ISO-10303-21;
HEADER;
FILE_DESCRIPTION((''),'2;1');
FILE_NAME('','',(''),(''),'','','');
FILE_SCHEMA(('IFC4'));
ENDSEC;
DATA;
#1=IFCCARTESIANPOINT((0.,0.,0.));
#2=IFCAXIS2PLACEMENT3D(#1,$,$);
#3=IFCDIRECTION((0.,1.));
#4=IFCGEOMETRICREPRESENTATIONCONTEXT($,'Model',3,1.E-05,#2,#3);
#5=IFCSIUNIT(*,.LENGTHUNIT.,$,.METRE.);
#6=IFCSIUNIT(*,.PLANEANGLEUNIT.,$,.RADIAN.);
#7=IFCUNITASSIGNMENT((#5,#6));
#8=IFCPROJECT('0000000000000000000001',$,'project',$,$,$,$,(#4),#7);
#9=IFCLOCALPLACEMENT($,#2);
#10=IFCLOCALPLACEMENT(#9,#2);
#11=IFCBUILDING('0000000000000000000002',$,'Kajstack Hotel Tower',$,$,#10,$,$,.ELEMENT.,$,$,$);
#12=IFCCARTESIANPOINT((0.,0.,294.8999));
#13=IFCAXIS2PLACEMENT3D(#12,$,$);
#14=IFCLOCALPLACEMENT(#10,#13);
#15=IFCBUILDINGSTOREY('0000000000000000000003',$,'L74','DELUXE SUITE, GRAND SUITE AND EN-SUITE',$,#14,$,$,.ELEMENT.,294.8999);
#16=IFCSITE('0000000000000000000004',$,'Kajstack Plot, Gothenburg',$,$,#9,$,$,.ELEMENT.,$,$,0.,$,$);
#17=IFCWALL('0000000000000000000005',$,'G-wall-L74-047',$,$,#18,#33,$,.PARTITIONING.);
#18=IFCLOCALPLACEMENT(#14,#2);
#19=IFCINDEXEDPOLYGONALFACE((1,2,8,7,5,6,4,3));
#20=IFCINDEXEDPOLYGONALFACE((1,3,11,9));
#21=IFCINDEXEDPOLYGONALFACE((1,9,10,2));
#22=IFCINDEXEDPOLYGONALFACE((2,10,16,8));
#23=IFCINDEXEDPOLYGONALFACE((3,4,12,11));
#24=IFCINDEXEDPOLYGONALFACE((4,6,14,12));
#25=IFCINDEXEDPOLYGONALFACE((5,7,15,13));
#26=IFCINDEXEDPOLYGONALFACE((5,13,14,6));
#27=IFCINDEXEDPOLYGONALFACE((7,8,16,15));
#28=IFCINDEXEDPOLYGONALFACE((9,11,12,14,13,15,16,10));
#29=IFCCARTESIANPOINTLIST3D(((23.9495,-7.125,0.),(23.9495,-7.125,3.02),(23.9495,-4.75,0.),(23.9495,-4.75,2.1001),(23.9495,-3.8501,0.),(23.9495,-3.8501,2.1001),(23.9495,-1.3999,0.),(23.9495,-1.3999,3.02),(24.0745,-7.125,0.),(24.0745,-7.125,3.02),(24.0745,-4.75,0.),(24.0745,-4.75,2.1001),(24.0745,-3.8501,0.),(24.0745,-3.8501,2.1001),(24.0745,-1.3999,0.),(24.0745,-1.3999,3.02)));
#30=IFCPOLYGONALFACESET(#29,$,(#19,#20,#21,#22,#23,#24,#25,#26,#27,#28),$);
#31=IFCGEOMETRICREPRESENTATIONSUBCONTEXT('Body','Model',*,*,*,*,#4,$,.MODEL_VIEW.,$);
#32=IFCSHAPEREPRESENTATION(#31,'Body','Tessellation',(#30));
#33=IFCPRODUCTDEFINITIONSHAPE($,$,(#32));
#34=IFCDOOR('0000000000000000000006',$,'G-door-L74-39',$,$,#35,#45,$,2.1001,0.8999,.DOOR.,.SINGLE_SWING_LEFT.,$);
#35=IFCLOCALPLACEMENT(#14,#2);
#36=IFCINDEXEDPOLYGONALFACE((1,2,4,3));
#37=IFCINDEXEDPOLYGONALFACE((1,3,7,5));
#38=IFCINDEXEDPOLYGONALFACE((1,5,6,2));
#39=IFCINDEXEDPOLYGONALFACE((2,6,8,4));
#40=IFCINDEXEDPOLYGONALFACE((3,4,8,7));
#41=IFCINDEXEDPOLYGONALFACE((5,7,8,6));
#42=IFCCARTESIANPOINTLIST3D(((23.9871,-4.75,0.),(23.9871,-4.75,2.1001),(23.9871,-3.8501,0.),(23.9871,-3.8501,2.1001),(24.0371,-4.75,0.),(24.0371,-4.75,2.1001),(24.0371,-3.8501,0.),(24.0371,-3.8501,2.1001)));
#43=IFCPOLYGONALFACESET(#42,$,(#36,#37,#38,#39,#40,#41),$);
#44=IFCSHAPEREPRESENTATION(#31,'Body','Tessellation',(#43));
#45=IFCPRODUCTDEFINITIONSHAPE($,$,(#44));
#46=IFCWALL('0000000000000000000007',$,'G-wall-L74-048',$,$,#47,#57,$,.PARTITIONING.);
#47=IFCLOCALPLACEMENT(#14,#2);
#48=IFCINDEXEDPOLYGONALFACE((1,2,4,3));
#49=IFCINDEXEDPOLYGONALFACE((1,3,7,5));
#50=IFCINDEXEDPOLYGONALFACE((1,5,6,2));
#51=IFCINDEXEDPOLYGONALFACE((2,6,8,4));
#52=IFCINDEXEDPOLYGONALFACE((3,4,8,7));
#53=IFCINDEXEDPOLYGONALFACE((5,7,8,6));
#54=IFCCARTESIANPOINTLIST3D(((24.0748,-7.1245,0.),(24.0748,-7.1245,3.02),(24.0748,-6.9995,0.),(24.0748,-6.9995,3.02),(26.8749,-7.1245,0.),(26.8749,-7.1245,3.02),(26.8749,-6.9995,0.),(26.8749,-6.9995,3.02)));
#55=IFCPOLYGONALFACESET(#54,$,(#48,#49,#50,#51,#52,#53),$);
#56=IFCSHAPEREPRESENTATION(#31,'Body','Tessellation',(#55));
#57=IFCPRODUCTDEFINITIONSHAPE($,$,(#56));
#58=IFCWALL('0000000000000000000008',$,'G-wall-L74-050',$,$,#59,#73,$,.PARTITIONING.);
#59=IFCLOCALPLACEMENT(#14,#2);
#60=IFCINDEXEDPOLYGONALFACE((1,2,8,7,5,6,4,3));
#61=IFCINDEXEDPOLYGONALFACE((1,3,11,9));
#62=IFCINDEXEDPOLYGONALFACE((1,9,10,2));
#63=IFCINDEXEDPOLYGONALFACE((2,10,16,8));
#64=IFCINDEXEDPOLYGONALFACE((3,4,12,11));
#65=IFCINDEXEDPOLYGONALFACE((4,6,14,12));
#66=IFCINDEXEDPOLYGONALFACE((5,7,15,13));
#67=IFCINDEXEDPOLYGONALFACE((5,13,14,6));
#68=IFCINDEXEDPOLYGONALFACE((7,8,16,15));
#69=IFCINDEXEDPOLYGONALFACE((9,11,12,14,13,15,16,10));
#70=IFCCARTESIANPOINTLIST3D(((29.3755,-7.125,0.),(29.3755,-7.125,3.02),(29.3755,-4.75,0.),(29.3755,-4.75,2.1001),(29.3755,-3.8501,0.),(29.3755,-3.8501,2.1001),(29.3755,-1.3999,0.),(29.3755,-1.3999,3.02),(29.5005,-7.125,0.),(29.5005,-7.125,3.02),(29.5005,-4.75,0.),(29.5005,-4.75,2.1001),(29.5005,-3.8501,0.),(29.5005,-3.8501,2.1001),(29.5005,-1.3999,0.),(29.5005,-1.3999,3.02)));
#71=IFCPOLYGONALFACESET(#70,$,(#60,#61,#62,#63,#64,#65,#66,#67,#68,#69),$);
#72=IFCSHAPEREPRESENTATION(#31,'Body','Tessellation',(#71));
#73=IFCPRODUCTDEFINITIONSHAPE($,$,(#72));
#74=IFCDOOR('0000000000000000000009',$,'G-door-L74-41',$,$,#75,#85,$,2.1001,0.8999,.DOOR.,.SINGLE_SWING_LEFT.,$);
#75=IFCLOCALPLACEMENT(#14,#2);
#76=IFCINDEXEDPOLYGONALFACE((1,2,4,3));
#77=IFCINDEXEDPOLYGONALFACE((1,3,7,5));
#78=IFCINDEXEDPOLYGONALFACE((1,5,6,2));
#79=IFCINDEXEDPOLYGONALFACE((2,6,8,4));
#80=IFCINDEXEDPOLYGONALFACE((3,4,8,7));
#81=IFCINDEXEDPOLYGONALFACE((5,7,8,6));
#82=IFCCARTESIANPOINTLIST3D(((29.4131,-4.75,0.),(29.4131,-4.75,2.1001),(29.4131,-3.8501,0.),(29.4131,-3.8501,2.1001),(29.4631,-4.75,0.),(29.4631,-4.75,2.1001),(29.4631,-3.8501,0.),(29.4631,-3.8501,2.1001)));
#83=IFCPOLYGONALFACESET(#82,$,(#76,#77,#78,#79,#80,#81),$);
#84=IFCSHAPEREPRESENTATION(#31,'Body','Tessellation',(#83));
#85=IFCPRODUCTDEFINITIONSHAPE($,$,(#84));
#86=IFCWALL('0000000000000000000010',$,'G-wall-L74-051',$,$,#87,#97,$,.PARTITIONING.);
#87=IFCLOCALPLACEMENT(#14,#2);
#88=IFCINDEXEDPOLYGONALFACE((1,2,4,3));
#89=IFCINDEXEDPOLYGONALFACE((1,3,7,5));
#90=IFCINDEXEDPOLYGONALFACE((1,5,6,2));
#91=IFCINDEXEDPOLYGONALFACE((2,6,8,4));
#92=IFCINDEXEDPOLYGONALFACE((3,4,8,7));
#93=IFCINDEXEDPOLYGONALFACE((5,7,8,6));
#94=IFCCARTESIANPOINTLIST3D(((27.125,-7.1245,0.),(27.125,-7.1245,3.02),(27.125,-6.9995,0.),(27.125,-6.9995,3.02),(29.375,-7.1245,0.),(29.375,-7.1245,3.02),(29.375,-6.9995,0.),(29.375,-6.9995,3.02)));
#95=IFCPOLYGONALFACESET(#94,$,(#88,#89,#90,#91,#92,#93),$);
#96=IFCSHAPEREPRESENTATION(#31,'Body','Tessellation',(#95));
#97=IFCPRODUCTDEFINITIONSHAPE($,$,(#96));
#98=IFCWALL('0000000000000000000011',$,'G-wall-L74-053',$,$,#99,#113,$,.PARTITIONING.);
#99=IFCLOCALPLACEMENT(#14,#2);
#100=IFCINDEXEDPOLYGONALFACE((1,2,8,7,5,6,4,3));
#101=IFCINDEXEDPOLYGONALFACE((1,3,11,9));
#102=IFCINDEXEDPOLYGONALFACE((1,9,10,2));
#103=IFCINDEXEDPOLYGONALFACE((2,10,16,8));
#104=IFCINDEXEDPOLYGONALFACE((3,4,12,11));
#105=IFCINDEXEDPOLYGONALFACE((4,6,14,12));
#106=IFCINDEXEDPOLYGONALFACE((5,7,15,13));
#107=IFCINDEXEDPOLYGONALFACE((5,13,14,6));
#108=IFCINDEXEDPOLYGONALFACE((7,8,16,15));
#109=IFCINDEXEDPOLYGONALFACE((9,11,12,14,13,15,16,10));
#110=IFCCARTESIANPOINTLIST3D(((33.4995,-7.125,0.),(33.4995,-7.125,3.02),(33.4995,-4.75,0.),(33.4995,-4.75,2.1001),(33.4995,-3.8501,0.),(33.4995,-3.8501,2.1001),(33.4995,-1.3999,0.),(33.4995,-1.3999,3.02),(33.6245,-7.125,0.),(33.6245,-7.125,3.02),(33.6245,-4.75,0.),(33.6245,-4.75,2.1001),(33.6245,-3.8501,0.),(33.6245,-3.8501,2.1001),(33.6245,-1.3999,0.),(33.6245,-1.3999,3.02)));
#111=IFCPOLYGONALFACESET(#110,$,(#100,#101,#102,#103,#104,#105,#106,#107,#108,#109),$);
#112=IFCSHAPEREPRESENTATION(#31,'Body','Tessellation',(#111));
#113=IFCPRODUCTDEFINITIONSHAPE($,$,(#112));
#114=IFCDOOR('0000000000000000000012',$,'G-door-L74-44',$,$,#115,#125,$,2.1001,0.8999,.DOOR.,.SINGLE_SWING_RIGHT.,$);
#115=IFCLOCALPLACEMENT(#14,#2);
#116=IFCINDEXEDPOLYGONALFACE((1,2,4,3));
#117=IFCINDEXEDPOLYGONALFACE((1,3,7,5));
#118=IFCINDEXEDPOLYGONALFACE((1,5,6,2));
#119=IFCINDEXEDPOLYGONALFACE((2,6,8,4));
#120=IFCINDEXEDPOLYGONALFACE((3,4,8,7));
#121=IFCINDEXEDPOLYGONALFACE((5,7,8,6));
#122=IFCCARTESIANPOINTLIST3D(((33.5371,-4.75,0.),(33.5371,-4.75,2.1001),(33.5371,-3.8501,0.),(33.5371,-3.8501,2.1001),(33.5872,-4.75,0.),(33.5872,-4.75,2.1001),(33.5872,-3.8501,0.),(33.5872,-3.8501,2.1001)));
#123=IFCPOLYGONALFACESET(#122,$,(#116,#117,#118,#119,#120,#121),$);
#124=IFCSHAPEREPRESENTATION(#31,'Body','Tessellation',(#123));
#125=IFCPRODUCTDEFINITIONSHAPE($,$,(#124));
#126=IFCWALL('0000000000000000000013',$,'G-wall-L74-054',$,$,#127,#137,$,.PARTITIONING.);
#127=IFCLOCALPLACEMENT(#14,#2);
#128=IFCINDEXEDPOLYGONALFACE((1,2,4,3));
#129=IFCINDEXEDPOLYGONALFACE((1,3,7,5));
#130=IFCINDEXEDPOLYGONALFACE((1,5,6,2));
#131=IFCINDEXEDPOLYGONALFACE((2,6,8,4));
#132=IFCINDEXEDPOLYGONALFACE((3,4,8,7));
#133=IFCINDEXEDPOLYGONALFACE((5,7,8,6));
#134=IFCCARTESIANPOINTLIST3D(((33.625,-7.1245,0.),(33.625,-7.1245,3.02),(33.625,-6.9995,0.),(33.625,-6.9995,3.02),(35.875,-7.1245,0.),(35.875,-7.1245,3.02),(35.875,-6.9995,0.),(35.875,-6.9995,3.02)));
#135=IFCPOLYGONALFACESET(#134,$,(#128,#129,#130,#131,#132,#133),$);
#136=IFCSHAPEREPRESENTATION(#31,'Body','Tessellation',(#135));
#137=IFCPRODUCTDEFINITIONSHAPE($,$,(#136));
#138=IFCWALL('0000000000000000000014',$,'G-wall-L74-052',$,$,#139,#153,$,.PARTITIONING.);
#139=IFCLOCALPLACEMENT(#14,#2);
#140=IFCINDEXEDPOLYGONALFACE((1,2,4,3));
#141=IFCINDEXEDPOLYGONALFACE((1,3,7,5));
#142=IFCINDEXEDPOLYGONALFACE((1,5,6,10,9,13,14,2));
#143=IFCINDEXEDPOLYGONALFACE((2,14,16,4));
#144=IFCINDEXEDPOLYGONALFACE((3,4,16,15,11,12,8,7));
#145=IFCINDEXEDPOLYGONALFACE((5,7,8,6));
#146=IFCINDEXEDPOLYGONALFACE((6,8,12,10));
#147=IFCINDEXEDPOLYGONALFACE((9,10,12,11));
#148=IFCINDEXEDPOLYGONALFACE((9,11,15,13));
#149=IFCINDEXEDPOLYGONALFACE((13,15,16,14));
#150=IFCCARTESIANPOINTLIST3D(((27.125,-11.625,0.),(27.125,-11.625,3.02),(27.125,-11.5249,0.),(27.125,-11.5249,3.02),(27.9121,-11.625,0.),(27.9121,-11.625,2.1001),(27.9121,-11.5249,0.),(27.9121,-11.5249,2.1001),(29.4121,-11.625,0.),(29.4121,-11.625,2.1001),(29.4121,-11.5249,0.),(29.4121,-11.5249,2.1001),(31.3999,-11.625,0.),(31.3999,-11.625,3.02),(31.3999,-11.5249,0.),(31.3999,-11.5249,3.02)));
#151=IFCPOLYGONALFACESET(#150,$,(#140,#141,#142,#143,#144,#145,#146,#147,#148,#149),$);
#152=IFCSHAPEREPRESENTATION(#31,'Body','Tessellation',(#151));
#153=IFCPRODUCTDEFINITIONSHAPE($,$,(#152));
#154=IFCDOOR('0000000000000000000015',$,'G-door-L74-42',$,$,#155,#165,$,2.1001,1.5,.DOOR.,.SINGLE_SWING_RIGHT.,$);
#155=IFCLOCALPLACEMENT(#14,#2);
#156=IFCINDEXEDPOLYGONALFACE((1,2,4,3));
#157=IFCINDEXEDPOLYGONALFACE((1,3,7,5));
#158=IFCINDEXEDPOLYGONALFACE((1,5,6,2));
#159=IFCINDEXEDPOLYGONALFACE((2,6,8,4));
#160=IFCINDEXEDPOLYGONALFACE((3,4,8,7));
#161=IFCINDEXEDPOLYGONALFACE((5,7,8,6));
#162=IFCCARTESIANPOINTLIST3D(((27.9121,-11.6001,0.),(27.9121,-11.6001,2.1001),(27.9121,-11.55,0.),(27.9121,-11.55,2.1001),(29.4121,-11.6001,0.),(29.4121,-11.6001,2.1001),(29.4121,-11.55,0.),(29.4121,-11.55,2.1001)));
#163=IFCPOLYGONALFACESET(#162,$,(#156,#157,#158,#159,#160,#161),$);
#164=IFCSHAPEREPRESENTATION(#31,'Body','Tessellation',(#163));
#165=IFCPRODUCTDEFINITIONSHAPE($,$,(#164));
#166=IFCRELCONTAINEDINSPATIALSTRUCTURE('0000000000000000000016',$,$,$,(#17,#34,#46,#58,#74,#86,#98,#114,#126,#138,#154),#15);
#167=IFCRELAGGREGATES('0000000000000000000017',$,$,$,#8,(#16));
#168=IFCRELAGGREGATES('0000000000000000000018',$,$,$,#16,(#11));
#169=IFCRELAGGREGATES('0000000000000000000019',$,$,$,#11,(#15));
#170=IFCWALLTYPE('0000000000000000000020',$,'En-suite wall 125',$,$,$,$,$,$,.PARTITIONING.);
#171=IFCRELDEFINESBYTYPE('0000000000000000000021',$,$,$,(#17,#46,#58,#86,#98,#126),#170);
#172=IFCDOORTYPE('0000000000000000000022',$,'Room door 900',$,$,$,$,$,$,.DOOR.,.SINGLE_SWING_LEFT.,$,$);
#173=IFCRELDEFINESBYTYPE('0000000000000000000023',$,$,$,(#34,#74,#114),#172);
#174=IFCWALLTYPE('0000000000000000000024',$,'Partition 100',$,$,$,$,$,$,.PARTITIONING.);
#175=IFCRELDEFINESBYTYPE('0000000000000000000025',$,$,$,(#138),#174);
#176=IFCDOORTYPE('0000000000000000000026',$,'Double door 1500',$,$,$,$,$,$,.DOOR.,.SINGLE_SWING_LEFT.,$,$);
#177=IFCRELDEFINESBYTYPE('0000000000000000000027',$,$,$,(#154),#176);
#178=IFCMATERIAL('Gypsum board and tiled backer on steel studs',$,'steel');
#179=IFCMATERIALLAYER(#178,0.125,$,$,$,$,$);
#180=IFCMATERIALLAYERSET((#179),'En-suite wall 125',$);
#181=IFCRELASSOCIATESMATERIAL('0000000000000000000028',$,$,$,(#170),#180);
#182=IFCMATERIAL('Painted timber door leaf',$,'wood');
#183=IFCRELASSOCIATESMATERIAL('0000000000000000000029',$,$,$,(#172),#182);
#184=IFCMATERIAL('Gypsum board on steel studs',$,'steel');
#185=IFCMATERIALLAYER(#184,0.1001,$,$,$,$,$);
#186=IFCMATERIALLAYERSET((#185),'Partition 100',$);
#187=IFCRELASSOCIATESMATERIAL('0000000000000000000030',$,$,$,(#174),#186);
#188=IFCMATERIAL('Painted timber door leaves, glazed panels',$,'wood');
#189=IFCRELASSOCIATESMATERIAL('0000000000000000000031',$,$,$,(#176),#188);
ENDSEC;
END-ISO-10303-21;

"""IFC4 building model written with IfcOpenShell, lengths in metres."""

from ifc_helpers import new_model, si_unit, direction, frame, frame_2d, origin, place, context, subcontext, project, spatial, rectangle, extrude, material, layer, layer_set, type_object, element, fill, save


model = new_model("IFC4")

# Units and contexts
model_context = context("Model", 3, precision=1e-05, world=origin(), true_north=direction((0.0, 1.0)))
body_context = subcontext(model_context, "Body", "Model", "MODEL_VIEW")
ifc_project = project(units=[si_unit("LENGTHUNIT", "METRE"), si_unit("PLANEANGLEUNIT", "RADIAN")], contexts=[model_context])

# Site, building, storey
site_placement = place(None, origin())
site = spatial("IfcSite", under=ifc_project, at=site_placement, Name="Kajstack Plot, Gothenburg", CompositionType="ELEMENT", RefElevation=0.0)
building_placement = place(site_placement, origin())
building = spatial("IfcBuilding", under=site, at=building_placement, Name="Kajstack Hotel Tower", CompositionType="ELEMENT")
storey_placement = place(building_placement, frame((0.0, 0.0, 294.8999)))
storey = spatial("IfcBuildingStorey", under=building, at=storey_placement, Name="L74", Description="DELUXE SUITE, GRAND SUITE AND EN-SUITE", CompositionType="ELEMENT", Elevation=294.8999)

# Shared definitions
ifc_material_1 = material(Name="Gypsum board and tiled backer on steel studs", Category="steel")
ifc_layer_1 = layer(ifc_material_1, 0.125)
ifc_layer_set_1 = layer_set([ifc_layer_1], Name="En-suite wall 125")
wall_type_1 = type_object("IfcWallType", Name="En-suite wall 125", PredefinedType="PARTITIONING", material=ifc_layer_set_1)
ifc_material_2 = material(Name="Painted timber door leaf", Category="wood")
door_type_1 = type_object("IfcDoorType", Name="Room door 900", OperationType="SINGLE_SWING_LEFT", PredefinedType="DOOR", material=ifc_material_2)

# Wall, opening, door
wall_1_placement = place(storey_placement, frame((24.012, -7.125, 0.0), z_axis=(0.0, 0.0, 1.0), x_axis=(0.0, 1.0, 0.0)))
wall_1 = element("IfcWall", 1, at=wall_1_placement, inside=storey, type_object=wall_type_1, Name="G-wall-L74-047", PredefinedType="PARTITIONING", context=body_context, shape_type="SweptSolid", body=[
    extrude(rectangle(XDim=5.7251, YDim=0.125, at=frame_2d((2.8625, 0.0))), origin(), (0.0, 0.0, 1.0), 3.02),
])
opening_1_placement = place(wall_1_placement, frame((2.375, 0.0, 0.0)))
opening_1 = element("IfcOpeningElement", 2, at=opening_1_placement, cuts=wall_1, PredefinedType="OPENING", context=body_context, shape_type="SweptSolid", body=[
    extrude(rectangle(XDim=0.8999, YDim=2.1001, at=frame_2d((0.45, 1.05))), frame((0.0, 0.0725, 0.0), z_axis=(0.0, -1.0, 0.0), x_axis=(1.0, 0.0, 0.0)), (0.0, 0.0, 1.0), 0.145),
])
door_1_placement = place(opening_1_placement, origin())
door_1 = element("IfcDoor", 3, at=door_1_placement, inside=storey, type_object=door_type_1, Name="G-door-L74-39", OperationType="SINGLE_SWING_LEFT", OverallHeight=2.1001, OverallWidth=0.8999, PredefinedType="DOOR", context=body_context, shape_type="SweptSolid", body=[
    extrude(rectangle(XDim=0.8999, YDim=2.1001, at=frame_2d((0.45, 1.05))), frame((0.0, 0.0249, 0.0), z_axis=(0.0, -1.0, 0.0), x_axis=(1.0, 0.0, 0.0)), (0.0, 0.0, 1.0), 0.05),
])
fill(opening_1, door_1)

# Wall
wall_2_placement = place(storey_placement, frame((24.075, -7.062, 0.0), z_axis=(0.0, 0.0, 1.0), x_axis=(1.0, 0.0, 0.0)))
element("IfcWall", 4, at=wall_2_placement, inside=storey, type_object=wall_type_1, Name="G-wall-L74-048", PredefinedType="PARTITIONING", context=body_context, shape_type="SweptSolid", body=[
    extrude(rectangle(XDim=2.8, YDim=0.125, at=frame_2d((1.3999, 0.0))), origin(), (0.0, 0.0, 1.0), 3.02),
])

# Wall, opening, door
wall_3_placement = place(storey_placement, frame((29.438, -7.125, 0.0), z_axis=(0.0, 0.0, 1.0), x_axis=(0.0, 1.0, 0.0)))
wall_3 = element("IfcWall", 5, at=wall_3_placement, inside=storey, type_object=wall_type_1, Name="G-wall-L74-050", PredefinedType="PARTITIONING", context=body_context, shape_type="SweptSolid", body=[
    extrude(rectangle(XDim=5.7251, YDim=0.125, at=frame_2d((2.8625, 0.0))), origin(), (0.0, 0.0, 1.0), 3.02),
])
opening_2_placement = place(wall_3_placement, frame((2.375, 0.0, 0.0)))
opening_2 = element("IfcOpeningElement", 6, at=opening_2_placement, cuts=wall_3, PredefinedType="OPENING", context=body_context, shape_type="SweptSolid", body=[
    extrude(rectangle(XDim=0.8999, YDim=2.1001, at=frame_2d((0.45, 1.05))), frame((0.0, 0.0725, 0.0), z_axis=(0.0, -1.0, 0.0), x_axis=(1.0, 0.0, 0.0)), (0.0, 0.0, 1.0), 0.145),
])
door_2_placement = place(opening_2_placement, origin())
door_2 = element("IfcDoor", 7, at=door_2_placement, inside=storey, type_object=door_type_1, Name="G-door-L74-41", OperationType="SINGLE_SWING_LEFT", OverallHeight=2.1001, OverallWidth=0.8999, PredefinedType="DOOR", context=body_context, shape_type="SweptSolid", body=[
    extrude(rectangle(XDim=0.8999, YDim=2.1001, at=frame_2d((0.45, 1.05))), frame((0.0, 0.0249, 0.0), z_axis=(0.0, -1.0, 0.0), x_axis=(1.0, 0.0, 0.0)), (0.0, 0.0, 1.0), 0.05),
])
fill(opening_2, door_2)

# Wall
wall_4_placement = place(storey_placement, frame((27.125, -7.062, 0.0), z_axis=(0.0, 0.0, 1.0), x_axis=(1.0, 0.0, 0.0)))
element("IfcWall", 8, at=wall_4_placement, inside=storey, type_object=wall_type_1, Name="G-wall-L74-051", PredefinedType="PARTITIONING", context=body_context, shape_type="SweptSolid", body=[
    extrude(rectangle(XDim=2.25, YDim=0.125, at=frame_2d((1.125, 0.0))), origin(), (0.0, 0.0, 1.0), 3.02),
])

# Wall, opening, door
wall_5_placement = place(storey_placement, frame((33.562, -7.125, 0.0), z_axis=(0.0, 0.0, 1.0), x_axis=(0.0, 1.0, 0.0)))
wall_5 = element("IfcWall", 9, at=wall_5_placement, inside=storey, type_object=wall_type_1, Name="G-wall-L74-053", PredefinedType="PARTITIONING", context=body_context, shape_type="SweptSolid", body=[
    extrude(rectangle(XDim=5.7251, YDim=0.125, at=frame_2d((2.8625, 0.0))), origin(), (0.0, 0.0, 1.0), 3.02),
])
opening_3_placement = place(wall_5_placement, frame((2.375, 0.0, 0.0)))
opening_3 = element("IfcOpeningElement", 10, at=opening_3_placement, cuts=wall_5, PredefinedType="OPENING", context=body_context, shape_type="SweptSolid", body=[
    extrude(rectangle(XDim=0.8999, YDim=2.1001, at=frame_2d((0.45, 1.05))), frame((0.0, 0.0725, 0.0), z_axis=(0.0, -1.0, 0.0), x_axis=(1.0, 0.0, 0.0)), (0.0, 0.0, 1.0), 0.145),
])
door_3_placement = place(opening_3_placement, origin())
door_3 = element("IfcDoor", 11, at=door_3_placement, inside=storey, type_object=door_type_1, Name="G-door-L74-44", OperationType="SINGLE_SWING_RIGHT", OverallHeight=2.1001, OverallWidth=0.8999, PredefinedType="DOOR", context=body_context, shape_type="SweptSolid", body=[
    extrude(rectangle(XDim=0.8999, YDim=2.1001, at=frame_2d((0.45, 1.05))), frame((0.0, 0.0249, 0.0), z_axis=(0.0, -1.0, 0.0), x_axis=(1.0, 0.0, 0.0)), (0.0, 0.0, 1.0), 0.05),
])
fill(opening_3, door_3)

# Wall
wall_6_placement = place(storey_placement, frame((33.625, -7.062, 0.0), z_axis=(0.0, 0.0, 1.0), x_axis=(1.0, 0.0, 0.0)))
element("IfcWall", 12, at=wall_6_placement, inside=storey, type_object=wall_type_1, Name="G-wall-L74-054", PredefinedType="PARTITIONING", context=body_context, shape_type="SweptSolid", body=[
    extrude(rectangle(XDim=2.25, YDim=0.125, at=frame_2d((1.125, 0.0))), origin(), (0.0, 0.0, 1.0), 3.02),
])

# Wall, opening, door
ifc_material_3 = material(Name="Gypsum board on steel studs", Category="steel")
ifc_layer_2 = layer(ifc_material_3, 0.1001)
ifc_layer_set_2 = layer_set([ifc_layer_2], Name="Partition 100")
wall_type_2 = type_object("IfcWallType", Name="Partition 100", PredefinedType="PARTITIONING", material=ifc_layer_set_2)
wall_7_placement = place(storey_placement, frame((27.125, -11.575, 0.0), z_axis=(0.0, 0.0, 1.0), x_axis=(1.0, 0.0, 0.0)))
wall_7 = element("IfcWall", 13, at=wall_7_placement, inside=storey, type_object=wall_type_2, Name="G-wall-L74-052", PredefinedType="PARTITIONING", context=body_context, shape_type="SweptSolid", body=[
    extrude(rectangle(XDim=4.2749, YDim=0.1001, at=frame_2d((2.1375, 0.0))), origin(), (0.0, 0.0, 1.0), 3.02),
])
opening_4_placement = place(wall_7_placement, frame((0.7871, 0.0, 0.0)))
opening_4 = element("IfcOpeningElement", 14, at=opening_4_placement, cuts=wall_7, PredefinedType="OPENING", context=body_context, shape_type="SweptSolid", body=[
    extrude(rectangle(XDim=1.5, YDim=2.1001, at=frame_2d((0.75, 1.05))), frame((0.0, 0.0601, 0.0), z_axis=(0.0, -1.0, 0.0), x_axis=(1.0, 0.0, 0.0)), (0.0, 0.0, 1.0), 0.1201),
])
ifc_material_4 = material(Name="Painted timber door leaves, glazed panels", Category="wood")
door_type_2 = type_object("IfcDoorType", Name="Double door 1500", OperationType="SINGLE_SWING_LEFT", PredefinedType="DOOR", material=ifc_material_4)
door_4_placement = place(opening_4_placement, origin())
door_4 = element("IfcDoor", 15, at=door_4_placement, inside=storey, type_object=door_type_2, Name="G-door-L74-42", OperationType="SINGLE_SWING_RIGHT", OverallHeight=2.1001, OverallWidth=1.5, PredefinedType="DOOR", context=body_context, shape_type="SweptSolid", body=[
    extrude(rectangle(XDim=1.5, YDim=2.1001, at=frame_2d((0.75, 1.05))), frame((0.0, 0.0249, 0.0), z_axis=(0.0, -1.0, 0.0), x_axis=(1.0, 0.0, 0.0)), (0.0, 0.0, 1.0), 0.05),
])
fill(opening_4, door_4)

save(model, "model.ifc")
